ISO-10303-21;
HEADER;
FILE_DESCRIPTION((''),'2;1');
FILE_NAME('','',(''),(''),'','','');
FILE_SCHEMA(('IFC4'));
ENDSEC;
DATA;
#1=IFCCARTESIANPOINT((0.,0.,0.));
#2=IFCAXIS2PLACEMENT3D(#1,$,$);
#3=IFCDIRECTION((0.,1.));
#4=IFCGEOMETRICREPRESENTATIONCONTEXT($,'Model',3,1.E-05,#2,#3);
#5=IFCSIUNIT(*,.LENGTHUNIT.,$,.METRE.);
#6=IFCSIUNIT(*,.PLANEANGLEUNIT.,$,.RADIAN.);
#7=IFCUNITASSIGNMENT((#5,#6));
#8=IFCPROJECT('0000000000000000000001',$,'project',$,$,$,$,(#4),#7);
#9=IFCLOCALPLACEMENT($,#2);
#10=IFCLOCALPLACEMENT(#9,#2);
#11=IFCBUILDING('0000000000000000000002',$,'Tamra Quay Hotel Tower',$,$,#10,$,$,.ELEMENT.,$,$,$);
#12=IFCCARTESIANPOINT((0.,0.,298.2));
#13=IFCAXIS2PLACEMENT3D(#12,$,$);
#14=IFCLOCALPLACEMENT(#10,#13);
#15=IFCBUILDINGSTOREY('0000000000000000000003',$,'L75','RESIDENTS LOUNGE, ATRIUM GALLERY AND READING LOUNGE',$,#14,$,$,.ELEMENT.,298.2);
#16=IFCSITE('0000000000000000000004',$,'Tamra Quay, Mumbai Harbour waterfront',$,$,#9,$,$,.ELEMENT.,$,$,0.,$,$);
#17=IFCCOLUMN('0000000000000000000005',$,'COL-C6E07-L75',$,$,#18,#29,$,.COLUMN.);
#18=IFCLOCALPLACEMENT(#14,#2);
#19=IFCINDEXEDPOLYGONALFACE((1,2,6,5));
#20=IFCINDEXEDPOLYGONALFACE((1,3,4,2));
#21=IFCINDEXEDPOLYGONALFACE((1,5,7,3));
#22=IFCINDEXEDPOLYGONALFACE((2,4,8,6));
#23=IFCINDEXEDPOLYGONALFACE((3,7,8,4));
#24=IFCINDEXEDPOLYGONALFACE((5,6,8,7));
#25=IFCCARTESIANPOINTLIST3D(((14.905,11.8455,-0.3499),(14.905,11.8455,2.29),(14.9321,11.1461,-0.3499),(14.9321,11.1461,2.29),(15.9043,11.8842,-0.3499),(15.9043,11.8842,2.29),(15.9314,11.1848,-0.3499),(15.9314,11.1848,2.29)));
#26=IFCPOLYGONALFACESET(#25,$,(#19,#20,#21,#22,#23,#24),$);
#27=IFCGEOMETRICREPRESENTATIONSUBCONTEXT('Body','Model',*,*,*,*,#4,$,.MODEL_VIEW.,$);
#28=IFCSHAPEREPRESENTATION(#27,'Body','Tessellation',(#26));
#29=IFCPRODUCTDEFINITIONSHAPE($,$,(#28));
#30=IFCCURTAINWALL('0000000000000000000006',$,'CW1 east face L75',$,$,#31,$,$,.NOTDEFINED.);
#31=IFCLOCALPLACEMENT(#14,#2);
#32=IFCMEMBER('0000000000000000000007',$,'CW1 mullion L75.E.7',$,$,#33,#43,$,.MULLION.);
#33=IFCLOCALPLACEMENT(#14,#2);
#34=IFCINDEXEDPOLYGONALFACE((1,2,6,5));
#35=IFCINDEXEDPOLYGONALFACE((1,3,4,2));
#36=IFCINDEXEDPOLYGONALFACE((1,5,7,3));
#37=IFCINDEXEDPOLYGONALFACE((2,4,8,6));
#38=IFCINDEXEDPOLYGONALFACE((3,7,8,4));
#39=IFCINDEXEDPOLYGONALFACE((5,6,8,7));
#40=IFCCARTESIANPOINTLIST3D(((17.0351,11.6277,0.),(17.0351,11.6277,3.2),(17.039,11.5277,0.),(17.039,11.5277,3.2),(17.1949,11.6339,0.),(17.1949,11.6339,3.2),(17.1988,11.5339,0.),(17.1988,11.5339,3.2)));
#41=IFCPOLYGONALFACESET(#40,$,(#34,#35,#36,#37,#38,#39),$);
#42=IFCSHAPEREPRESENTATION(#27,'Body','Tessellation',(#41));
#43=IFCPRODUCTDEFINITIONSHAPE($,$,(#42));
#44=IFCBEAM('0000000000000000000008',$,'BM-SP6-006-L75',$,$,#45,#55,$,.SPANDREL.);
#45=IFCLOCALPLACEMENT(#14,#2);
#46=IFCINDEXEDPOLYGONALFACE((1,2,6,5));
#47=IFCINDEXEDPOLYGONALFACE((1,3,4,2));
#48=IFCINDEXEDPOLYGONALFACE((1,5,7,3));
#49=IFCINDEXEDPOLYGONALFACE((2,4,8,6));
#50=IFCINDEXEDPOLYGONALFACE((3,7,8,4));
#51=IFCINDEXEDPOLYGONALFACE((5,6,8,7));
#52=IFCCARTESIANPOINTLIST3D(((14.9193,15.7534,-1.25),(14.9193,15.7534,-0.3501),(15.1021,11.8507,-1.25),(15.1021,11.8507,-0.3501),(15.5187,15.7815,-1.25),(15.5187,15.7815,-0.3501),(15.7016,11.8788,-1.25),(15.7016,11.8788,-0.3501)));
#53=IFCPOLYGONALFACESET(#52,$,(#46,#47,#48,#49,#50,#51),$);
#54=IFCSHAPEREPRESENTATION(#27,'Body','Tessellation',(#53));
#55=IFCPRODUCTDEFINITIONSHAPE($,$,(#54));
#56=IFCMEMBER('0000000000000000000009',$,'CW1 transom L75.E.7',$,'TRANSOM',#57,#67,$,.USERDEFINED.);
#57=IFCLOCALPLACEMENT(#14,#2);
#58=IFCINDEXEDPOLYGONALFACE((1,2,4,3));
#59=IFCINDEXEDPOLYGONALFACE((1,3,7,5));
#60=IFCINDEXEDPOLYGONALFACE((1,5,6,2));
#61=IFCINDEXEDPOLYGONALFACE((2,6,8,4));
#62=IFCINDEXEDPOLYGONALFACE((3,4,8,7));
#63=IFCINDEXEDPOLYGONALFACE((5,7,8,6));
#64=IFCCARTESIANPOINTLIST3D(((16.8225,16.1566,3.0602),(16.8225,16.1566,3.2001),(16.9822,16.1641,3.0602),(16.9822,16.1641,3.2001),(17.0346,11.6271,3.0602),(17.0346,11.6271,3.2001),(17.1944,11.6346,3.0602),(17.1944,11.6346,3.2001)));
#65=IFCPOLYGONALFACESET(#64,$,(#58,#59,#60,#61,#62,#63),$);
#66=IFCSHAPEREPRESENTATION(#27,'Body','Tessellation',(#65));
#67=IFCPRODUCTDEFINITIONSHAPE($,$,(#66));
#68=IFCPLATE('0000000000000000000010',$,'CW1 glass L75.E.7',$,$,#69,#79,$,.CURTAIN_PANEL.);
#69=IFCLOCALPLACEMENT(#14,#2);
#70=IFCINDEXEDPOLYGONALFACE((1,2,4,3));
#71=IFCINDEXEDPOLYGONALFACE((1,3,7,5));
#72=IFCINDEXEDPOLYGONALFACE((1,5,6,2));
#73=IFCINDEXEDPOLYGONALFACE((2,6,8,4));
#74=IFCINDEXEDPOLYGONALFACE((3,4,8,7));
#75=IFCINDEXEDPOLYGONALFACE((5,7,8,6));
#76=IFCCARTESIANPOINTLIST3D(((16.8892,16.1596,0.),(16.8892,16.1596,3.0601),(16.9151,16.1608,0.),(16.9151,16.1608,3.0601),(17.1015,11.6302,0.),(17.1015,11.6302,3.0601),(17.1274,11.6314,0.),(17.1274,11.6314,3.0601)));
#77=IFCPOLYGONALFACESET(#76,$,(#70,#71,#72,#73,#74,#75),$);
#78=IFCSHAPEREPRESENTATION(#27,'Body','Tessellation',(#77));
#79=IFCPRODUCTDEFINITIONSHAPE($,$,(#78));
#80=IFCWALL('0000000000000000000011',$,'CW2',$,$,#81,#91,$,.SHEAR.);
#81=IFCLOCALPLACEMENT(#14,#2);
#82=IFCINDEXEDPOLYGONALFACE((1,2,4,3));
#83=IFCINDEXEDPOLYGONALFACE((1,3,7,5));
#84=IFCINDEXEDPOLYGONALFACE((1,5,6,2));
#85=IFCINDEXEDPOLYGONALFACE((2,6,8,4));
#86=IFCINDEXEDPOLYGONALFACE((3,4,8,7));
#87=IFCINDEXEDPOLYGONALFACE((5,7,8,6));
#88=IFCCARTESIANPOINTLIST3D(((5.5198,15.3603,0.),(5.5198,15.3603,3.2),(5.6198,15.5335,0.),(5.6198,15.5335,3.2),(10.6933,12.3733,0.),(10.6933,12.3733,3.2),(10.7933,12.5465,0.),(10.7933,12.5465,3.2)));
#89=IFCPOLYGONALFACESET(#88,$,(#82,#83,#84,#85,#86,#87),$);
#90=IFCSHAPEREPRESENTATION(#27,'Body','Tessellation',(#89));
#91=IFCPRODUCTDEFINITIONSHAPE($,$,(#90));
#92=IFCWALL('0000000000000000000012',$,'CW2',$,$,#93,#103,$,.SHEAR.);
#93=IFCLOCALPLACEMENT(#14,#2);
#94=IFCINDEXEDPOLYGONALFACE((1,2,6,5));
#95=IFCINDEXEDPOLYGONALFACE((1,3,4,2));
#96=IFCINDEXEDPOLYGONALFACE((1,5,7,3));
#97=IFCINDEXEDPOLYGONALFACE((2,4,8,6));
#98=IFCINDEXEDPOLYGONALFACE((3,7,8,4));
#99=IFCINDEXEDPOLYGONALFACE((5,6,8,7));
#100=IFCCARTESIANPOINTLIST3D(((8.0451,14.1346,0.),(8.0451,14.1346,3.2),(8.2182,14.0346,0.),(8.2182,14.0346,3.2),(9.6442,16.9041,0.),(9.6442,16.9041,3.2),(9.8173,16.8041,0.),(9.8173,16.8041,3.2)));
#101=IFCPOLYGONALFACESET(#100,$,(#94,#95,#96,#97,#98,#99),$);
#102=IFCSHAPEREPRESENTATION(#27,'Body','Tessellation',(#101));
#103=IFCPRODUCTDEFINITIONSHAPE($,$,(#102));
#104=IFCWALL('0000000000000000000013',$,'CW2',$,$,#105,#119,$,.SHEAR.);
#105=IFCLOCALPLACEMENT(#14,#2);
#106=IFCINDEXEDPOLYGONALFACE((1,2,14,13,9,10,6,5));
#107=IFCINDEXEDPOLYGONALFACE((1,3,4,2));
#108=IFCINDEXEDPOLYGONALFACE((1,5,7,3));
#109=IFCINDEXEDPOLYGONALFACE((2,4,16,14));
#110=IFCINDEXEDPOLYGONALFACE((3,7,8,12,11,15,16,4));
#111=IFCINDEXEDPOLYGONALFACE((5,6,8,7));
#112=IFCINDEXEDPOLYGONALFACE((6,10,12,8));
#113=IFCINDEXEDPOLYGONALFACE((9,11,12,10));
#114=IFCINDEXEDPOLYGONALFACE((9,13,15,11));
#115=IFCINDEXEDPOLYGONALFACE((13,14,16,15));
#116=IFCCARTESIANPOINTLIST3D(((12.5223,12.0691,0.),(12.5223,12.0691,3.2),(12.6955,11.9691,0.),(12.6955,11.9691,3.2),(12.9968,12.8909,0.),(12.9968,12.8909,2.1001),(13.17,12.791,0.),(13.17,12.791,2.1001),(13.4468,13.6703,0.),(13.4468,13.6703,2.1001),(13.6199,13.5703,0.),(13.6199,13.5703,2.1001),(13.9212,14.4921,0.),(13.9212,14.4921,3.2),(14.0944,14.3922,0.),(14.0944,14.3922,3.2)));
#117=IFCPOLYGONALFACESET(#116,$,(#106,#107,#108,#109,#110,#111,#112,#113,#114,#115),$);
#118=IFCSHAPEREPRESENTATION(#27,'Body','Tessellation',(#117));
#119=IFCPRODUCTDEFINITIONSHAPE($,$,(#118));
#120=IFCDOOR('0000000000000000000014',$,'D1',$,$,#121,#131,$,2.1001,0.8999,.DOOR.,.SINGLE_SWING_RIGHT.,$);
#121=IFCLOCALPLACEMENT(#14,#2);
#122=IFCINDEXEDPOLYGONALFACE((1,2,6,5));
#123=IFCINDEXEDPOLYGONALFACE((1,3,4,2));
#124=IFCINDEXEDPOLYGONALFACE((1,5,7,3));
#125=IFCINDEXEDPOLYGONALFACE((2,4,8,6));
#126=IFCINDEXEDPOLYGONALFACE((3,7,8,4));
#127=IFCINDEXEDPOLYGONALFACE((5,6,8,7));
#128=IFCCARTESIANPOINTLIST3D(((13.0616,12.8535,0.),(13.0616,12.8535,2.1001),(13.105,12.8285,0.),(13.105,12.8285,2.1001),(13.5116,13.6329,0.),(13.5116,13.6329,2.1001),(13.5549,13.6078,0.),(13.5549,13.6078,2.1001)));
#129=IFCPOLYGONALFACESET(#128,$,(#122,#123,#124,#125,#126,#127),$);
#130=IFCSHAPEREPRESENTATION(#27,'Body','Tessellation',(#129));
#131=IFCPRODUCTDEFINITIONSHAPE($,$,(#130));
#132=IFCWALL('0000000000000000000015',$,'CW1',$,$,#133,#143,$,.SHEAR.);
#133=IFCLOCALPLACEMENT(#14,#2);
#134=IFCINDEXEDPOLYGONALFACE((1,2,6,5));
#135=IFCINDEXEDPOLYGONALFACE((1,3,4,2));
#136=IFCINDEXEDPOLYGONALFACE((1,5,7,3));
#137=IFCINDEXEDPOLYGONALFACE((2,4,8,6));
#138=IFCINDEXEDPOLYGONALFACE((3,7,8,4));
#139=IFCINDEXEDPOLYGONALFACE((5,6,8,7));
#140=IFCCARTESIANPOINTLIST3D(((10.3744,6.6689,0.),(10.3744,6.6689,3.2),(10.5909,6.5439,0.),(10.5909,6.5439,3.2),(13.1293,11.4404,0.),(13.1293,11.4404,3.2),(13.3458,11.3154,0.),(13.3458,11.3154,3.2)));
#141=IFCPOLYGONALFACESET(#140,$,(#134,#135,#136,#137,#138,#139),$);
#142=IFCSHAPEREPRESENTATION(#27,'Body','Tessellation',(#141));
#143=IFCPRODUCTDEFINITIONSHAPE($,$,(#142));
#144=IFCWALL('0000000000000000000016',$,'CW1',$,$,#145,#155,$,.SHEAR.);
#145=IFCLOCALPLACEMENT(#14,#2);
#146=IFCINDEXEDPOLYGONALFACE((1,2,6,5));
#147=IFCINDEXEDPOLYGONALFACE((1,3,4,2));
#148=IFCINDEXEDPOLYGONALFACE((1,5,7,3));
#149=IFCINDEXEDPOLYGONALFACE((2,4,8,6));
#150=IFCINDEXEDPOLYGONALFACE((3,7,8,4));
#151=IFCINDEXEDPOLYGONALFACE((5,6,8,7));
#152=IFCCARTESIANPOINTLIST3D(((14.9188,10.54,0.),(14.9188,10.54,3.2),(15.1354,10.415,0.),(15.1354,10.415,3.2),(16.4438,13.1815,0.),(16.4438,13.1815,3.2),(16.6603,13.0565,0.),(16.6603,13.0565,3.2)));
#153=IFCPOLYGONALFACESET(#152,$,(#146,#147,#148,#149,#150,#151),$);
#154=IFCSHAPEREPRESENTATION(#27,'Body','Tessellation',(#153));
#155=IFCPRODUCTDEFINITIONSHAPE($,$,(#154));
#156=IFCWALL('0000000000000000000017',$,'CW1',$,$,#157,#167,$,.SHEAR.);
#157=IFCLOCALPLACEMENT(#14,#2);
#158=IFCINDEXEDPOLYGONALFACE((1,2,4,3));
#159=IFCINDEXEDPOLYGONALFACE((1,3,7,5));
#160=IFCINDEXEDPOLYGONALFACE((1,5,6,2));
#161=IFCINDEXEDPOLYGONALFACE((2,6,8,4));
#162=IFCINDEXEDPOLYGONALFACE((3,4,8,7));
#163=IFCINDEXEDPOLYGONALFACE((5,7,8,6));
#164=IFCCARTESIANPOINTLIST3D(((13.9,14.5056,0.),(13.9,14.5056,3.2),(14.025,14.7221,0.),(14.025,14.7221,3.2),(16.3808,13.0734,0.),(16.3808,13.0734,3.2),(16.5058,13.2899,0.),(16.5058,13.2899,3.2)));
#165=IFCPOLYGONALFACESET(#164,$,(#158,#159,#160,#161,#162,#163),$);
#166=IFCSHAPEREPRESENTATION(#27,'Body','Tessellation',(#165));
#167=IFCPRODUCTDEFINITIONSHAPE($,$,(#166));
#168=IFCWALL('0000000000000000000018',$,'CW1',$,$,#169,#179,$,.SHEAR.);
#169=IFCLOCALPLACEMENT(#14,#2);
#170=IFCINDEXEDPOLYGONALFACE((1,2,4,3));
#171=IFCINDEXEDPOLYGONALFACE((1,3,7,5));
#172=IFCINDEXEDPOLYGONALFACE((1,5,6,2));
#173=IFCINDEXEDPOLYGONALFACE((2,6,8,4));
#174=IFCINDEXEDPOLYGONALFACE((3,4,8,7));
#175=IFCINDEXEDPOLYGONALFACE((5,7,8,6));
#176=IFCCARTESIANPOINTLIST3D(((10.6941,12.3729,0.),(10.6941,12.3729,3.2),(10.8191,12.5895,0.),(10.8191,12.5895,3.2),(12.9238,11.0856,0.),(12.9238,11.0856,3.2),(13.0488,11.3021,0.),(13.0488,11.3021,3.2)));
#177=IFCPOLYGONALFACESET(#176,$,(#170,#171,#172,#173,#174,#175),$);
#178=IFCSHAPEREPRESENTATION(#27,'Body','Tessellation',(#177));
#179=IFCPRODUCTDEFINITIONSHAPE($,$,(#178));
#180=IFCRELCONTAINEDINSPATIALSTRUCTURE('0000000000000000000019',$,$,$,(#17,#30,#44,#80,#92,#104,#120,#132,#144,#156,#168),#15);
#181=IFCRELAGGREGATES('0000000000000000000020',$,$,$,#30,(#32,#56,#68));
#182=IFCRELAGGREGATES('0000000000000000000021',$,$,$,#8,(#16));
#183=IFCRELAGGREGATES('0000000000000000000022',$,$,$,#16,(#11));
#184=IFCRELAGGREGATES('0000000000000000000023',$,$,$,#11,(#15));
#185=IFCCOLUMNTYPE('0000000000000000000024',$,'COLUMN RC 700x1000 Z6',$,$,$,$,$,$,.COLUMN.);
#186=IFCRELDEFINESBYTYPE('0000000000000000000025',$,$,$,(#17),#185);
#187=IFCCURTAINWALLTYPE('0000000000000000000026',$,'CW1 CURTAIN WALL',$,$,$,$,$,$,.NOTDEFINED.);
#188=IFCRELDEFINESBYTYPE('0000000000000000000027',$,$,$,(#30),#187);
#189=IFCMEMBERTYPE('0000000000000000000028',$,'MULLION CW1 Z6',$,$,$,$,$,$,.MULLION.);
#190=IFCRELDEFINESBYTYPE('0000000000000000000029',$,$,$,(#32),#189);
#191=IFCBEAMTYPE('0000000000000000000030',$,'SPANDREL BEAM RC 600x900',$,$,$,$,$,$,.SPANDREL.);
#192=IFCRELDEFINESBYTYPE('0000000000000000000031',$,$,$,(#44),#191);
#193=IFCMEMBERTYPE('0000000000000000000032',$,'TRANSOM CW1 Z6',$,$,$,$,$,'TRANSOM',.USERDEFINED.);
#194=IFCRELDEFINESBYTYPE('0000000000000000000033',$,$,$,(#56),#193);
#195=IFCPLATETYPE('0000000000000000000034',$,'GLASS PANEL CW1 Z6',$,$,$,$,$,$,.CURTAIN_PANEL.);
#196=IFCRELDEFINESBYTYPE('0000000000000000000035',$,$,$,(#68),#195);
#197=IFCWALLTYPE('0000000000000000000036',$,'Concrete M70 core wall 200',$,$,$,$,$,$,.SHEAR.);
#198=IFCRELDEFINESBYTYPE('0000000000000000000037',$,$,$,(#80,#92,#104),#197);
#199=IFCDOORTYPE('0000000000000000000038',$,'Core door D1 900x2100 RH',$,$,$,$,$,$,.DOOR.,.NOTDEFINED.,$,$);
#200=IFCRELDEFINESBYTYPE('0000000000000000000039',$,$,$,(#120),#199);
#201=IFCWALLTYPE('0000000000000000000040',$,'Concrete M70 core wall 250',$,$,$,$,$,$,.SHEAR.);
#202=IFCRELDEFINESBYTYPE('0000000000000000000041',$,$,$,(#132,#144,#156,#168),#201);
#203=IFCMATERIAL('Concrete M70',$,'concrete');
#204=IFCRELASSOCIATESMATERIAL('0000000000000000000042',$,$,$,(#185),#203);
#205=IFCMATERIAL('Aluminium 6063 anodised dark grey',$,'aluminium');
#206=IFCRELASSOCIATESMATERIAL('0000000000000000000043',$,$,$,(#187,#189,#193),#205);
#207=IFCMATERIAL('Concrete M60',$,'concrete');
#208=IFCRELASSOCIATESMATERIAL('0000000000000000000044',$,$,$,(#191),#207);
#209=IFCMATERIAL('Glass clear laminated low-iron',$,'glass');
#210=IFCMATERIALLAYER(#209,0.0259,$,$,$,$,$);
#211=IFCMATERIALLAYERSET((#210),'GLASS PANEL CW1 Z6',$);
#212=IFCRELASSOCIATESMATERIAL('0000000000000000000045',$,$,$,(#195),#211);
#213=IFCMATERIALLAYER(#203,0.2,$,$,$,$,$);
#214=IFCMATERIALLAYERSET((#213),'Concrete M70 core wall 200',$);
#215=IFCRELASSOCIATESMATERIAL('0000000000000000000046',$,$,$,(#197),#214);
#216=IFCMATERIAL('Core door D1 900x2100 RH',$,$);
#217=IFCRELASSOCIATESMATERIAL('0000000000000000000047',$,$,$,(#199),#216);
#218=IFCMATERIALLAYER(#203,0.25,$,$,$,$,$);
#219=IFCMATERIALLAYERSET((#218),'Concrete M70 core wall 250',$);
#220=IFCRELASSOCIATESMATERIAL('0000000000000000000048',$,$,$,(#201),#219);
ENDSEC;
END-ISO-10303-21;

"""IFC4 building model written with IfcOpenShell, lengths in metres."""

from ifc_helpers import new_model, si_unit, direction, frame, frame_2d, origin, origin_2d, place, context, subcontext, project, spatial, rectangle, extrude, material, layer, layer_set, material_profile, profile_set, type_object, element, fill, aggregate, save


model = new_model("IFC4")

# Units and contexts
model_context = context("Model", 3, precision=1e-05, world=origin(), true_north=direction((0.0, 1.0)))
body_context = subcontext(model_context, "Body", "Model", "MODEL_VIEW")
ifc_project = project(units=[si_unit("LENGTHUNIT", "METRE"), si_unit("PLANEANGLEUNIT", "RADIAN")], contexts=[model_context])

# Site, building, storey
site_placement = place(None, origin())
site = spatial("IfcSite", under=ifc_project, at=site_placement, Name="Tamra Quay, Mumbai Harbour waterfront", CompositionType="ELEMENT", RefElevation=0.0)
building_placement = place(site_placement, origin())
building = spatial("IfcBuilding", under=site, at=building_placement, Name="Tamra Quay Hotel Tower", CompositionType="ELEMENT")
storey_placement = place(building_placement, frame((0.0, 0.0, 298.2)))
storey = spatial("IfcBuildingStorey", under=building, at=storey_placement, Name="L75", Description="RESIDENTS LOUNGE, ATRIUM GALLERY AND READING LOUNGE", CompositionType="ELEMENT", Elevation=298.2)

# Column
ifc_material_1 = material(Name="Concrete M70", Category="concrete")
ifc_material_profile_1 = material_profile(ifc_material_1, rectangle(XDim=1.0, YDim=0.7, at=origin_2d()), Name="COLUMN RC 700x1000 Z6")
ifc_profile_set_1 = profile_set([ifc_material_profile_1], Name="Concrete M70")
column_type = type_object("IfcColumnType", Name="COLUMN RC 700x1000 Z6", PredefinedType="COLUMN", material=ifc_profile_set_1)
column_placement = place(storey_placement, frame((15.4182, 11.5151, -0.3499), z_axis=(0.0, 0.0, 1.0), x_axis=(0.999251, 0.038691, 0.0)))
element("IfcColumn", 1, at=column_placement, inside=storey, type_object=column_type, Name="COL-C6E07-L75", PredefinedType="COLUMN", context=body_context, shape_type="SweptSolid", body=[
    extrude(rectangle(XDim=1.0, YDim=0.7, at=origin_2d()), origin(), (0.0, 0.0, 1.0), 2.6399),
])

# Curtain wall, member
ifc_material_2 = material(Name="Aluminium 6063 anodised dark grey", Category="aluminium")
curtain_wall_type = type_object("IfcCurtainWallType", Name="CW1 CURTAIN WALL", PredefinedType="NOTDEFINED", material=ifc_material_2)
curtain_wall_placement = place(storey_placement, origin())
curtain_wall = element("IfcCurtainWall", 2, at=curtain_wall_placement, inside=storey, type_object=curtain_wall_type, Name="CW1 east face L75", PredefinedType="NOTDEFINED")
ifc_material_profile_2 = material_profile(ifc_material_2, rectangle(XDim=0.1599, YDim=0.1001, at=origin_2d()), Name="MULLION 100X160")
ifc_profile_set_2 = profile_set([ifc_material_profile_2], Name="Aluminium 6063 anodised dark grey")
member_type_1 = type_object("IfcMemberType", Name="MULLION CW1 Z6", PredefinedType="MULLION", material=ifc_profile_set_2)
member_1_placement = place(storey_placement, frame((17.1169, 11.5808, 0.0), z_axis=(0.0, 0.0, 1.0), x_axis=(0.999238, 0.039033, 0.0)))
member_1 = element("IfcMember", 3, at=member_1_placement, type_object=member_type_1, Name="CW1 mullion L75.E.7", PredefinedType="MULLION", context=body_context, shape_type="SweptSolid", body=[
    extrude(rectangle(XDim=0.1599, YDim=0.1001, at=origin_2d()), origin(), (0.0, 0.0, 1.0), 3.2),
])

# Beam
ifc_material_3 = material(Name="Concrete M60", Category="concrete")
ifc_material_profile_3 = material_profile(ifc_material_3, rectangle(XDim=0.6001, YDim=0.8999, at=origin_2d()), Name="SPANDREL BEAM RC 600x900")
ifc_profile_set_3 = profile_set([ifc_material_profile_3], Name="Concrete M60")
beam_type = type_object("IfcBeamType", Name="SPANDREL BEAM RC 600x900", PredefinedType="SPANDREL", material=ifc_profile_set_3)
beam_placement = place(storey_placement, frame((15.4019, 11.8647, -0.8), z_axis=(-0.046805, 0.998904, 0.0), x_axis=(-0.998904, -0.046805, 0.0)))
element("IfcBeam", 4, at=beam_placement, inside=storey, type_object=beam_type, Name="BM-SP6-006-L75", PredefinedType="SPANDREL", context=body_context, shape_type="SweptSolid", body=[
    extrude(rectangle(XDim=0.6001, YDim=0.8999, at=origin_2d()), origin(), (0.0, 0.0, 1.0), 3.907),
])

# Member
ifc_material_profile_4 = material_profile(ifc_material_2, rectangle(XDim=0.1599, YDim=0.1399, at=origin_2d()), Name="TRANSOM 160X140")
ifc_profile_set_4 = profile_set([ifc_material_profile_4], Name="Aluminium 6063 anodised dark grey")
member_type_2 = type_object("IfcMemberType", Name="TRANSOM CW1 Z6", ElementType="TRANSOM", PredefinedType="USERDEFINED", material=ifc_profile_set_4)
member_2_placement = place(storey_placement, frame((17.1145, 11.6309, 3.1301), z_axis=(-0.046787, 0.998905, 0.0), x_axis=(-0.998905, -0.046787, 0.0)))
member_2 = element("IfcMember", 5, at=member_2_placement, type_object=member_type_2, Name="CW1 transom L75.E.7", ObjectType="TRANSOM", PredefinedType="USERDEFINED", context=body_context, shape_type="SweptSolid", body=[
    extrude(rectangle(XDim=0.1599, YDim=0.1399, at=origin_2d()), origin(), (0.0, 0.0, 1.0), 4.5344),
])

# Plate
ifc_material_4 = material(Name="Glass clear laminated low-iron", Category="glass")
ifc_layer_1 = layer(ifc_material_4, 0.0259)
ifc_layer_set_1 = layer_set([ifc_layer_1], Name="GLASS PANEL CW1 Z6")
plate_type = type_object("IfcPlateType", Name="GLASS PANEL CW1 Z6", PredefinedType="CURTAIN_PANEL", material=ifc_layer_set_1)
plate_placement = place(storey_placement, frame((17.0083, 13.8955, 0.0), z_axis=(0.0, 0.0, 1.0), x_axis=(-0.046821, 0.998903, 0.0)))
plate = element("IfcPlate", 6, at=plate_placement, type_object=plate_type, Name="CW1 glass L75.E.7", PredefinedType="CURTAIN_PANEL", context=body_context, shape_type="SweptSolid", body=[
    extrude(rectangle(XDim=4.5344, YDim=0.0259, at=origin_2d()), origin(), (0.0, 0.0, 1.0), 3.0601),
])
aggregate(curtain_wall, [member_1, member_2, plate])

# Walls
ifc_layer_2 = layer(ifc_material_1, 0.2)
ifc_layer_set_2 = layer_set([ifc_layer_2], Name="Concrete M70 core wall 200")
wall_type_1 = type_object("IfcWallType", Name="Concrete M70 core wall 200", PredefinedType="SHEAR", material=ifc_layer_set_2)
wall_1_placement = place(storey_placement, frame((10.7432, 12.46, 0.0), z_axis=(0.0, 0.0, 1.0), x_axis=(-0.866019, 0.500011, 0.0)))
element("IfcWall", 7, at=wall_1_placement, inside=storey, type_object=wall_type_1, Name="CW2", PredefinedType="SHEAR", context=body_context, shape_type="SweptSolid", body=[
    extrude(rectangle(XDim=5.9739, YDim=0.2, at=frame_2d((2.9868, 0.0))), origin(), (0.0, 0.0, 1.0), 3.2),
])
wall_2_placement = place(storey_placement, frame((8.1316, 14.0845, 0.0), z_axis=(0.0, 0.0, 1.0), x_axis=(0.500031, 0.866008, 0.0)))
element("IfcWall", 8, at=wall_2_placement, inside=storey, type_object=wall_type_1, Name="CW2", PredefinedType="SHEAR", context=body_context, shape_type="SweptSolid", body=[
    extrude(rectangle(XDim=3.198, YDim=0.2, at=frame_2d((1.5991, 0.0))), origin(), (0.0, 0.0, 1.0), 3.2),
])

# Wall, opening, door
wall_3_placement = place(storey_placement, frame((14.0078, 14.4421, 0.0), z_axis=(0.0, 0.0, 1.0), x_axis=(-0.499987, -0.866033, 0.0)))
wall_3 = element("IfcWall", 9, at=wall_3_placement, inside=storey, type_object=wall_type_1, Name="CW2", PredefinedType="SHEAR", context=body_context, shape_type="SweptSolid", body=[
    extrude(rectangle(XDim=2.7979, YDim=0.2, at=frame_2d((1.3989, 0.0))), origin(), (0.0, 0.0, 1.0), 3.2),
])
opening_placement = place(wall_3_placement, frame((0.949, 0.0, 0.0)))
opening = element("IfcOpeningElement", 10, at=opening_placement, cuts=wall_3, PredefinedType="OPENING", context=body_context, shape_type="SweptSolid", body=[
    extrude(rectangle(XDim=0.8999, YDim=2.1001, at=frame_2d((0.45, 1.05))), frame((0.0, 0.1099, 0.0), z_axis=(0.0, -1.0, 0.0), x_axis=(1.0, 0.0, 0.0)), (0.0, 0.0, 1.0), 0.22),
])
ifc_material_5 = material(Name="Core door D1 900x2100 RH")
door_type = type_object("IfcDoorType", Name="Core door D1 900x2100 RH", OperationType="NOTDEFINED", PredefinedType="DOOR", material=ifc_material_5)
door_placement = place(opening_placement, origin())
door = element("IfcDoor", 11, at=door_placement, inside=storey, type_object=door_type, Name="D1", OperationType="SINGLE_SWING_RIGHT", OverallHeight=2.1001, OverallWidth=0.8999, PredefinedType="DOOR", context=body_context, shape_type="SweptSolid", body=[
    extrude(rectangle(XDim=0.8999, YDim=2.1001, at=frame_2d((0.45, 1.05))), frame((0.0, 0.0249, 0.0), z_axis=(0.0, -1.0, 0.0), x_axis=(1.0, 0.0, 0.0)), (0.0, 0.0, 1.0), 0.05),
])
fill(opening, door)

# Walls
ifc_layer_3 = layer(ifc_material_1, 0.25)
ifc_layer_set_3 = layer_set([ifc_layer_3], Name="Concrete M70 core wall 250")
wall_type_2 = type_object("IfcWallType", Name="Concrete M70 core wall 250", PredefinedType="SHEAR", material=ifc_layer_set_3)
wall_4_placement = place(storey_placement, frame((13.2375, 11.3779, 0.0), z_axis=(0.0, 0.0, 1.0), x_axis=(-0.500009, -0.86602, 0.0)))
element("IfcWall", 12, at=wall_4_placement, inside=storey, type_object=wall_type_2, Name="CW1", PredefinedType="SHEAR", context=body_context, shape_type="SweptSolid", body=[
    extrude(rectangle(XDim=5.5098, YDim=0.25, at=frame_2d((2.7549, 0.0))), origin(), (0.0, 0.0, 1.0), 3.2),
])
wall_5_placement = place(storey_placement, frame((16.552, 13.1189, 0.0), z_axis=(0.0, 0.0, 1.0), x_axis=(-0.499979, -0.866038, 0.0)))
element("IfcWall", 13, at=wall_5_placement, inside=storey, type_object=wall_type_2, Name="CW1", PredefinedType="SHEAR", context=body_context, shape_type="SweptSolid", body=[
    extrude(rectangle(XDim=3.05, YDim=0.25, at=frame_2d((1.5249, 0.0))), origin(), (0.0, 0.0, 1.0), 3.2),
])
wall_6_placement = place(storey_placement, frame((13.9626, 14.6138, 0.0), z_axis=(0.0, 0.0, 1.0), x_axis=(0.866042, -0.499971, 0.0)))
element("IfcWall", 14, at=wall_6_placement, inside=storey, type_object=wall_type_2, Name="CW1", PredefinedType="SHEAR", context=body_context, shape_type="SweptSolid", body=[
    extrude(rectangle(XDim=2.8645, YDim=0.25, at=frame_2d((1.4321, 0.0))), origin(), (0.0, 0.0, 1.0), 3.2),
])
wall_7_placement = place(storey_placement, frame((10.7566, 12.4812, 0.0), z_axis=(0.0, 0.0, 1.0), x_axis=(0.866023, -0.500004, 0.0)))
element("IfcWall", 15, at=wall_7_placement, inside=storey, type_object=wall_type_2, Name="CW1", PredefinedType="SHEAR", context=body_context, shape_type="SweptSolid", body=[
    extrude(rectangle(XDim=2.5747, YDim=0.25, at=frame_2d((1.2874, 0.0))), origin(), (0.0, 0.0, 1.0), 3.2),
])

save(model, "model.ifc")
